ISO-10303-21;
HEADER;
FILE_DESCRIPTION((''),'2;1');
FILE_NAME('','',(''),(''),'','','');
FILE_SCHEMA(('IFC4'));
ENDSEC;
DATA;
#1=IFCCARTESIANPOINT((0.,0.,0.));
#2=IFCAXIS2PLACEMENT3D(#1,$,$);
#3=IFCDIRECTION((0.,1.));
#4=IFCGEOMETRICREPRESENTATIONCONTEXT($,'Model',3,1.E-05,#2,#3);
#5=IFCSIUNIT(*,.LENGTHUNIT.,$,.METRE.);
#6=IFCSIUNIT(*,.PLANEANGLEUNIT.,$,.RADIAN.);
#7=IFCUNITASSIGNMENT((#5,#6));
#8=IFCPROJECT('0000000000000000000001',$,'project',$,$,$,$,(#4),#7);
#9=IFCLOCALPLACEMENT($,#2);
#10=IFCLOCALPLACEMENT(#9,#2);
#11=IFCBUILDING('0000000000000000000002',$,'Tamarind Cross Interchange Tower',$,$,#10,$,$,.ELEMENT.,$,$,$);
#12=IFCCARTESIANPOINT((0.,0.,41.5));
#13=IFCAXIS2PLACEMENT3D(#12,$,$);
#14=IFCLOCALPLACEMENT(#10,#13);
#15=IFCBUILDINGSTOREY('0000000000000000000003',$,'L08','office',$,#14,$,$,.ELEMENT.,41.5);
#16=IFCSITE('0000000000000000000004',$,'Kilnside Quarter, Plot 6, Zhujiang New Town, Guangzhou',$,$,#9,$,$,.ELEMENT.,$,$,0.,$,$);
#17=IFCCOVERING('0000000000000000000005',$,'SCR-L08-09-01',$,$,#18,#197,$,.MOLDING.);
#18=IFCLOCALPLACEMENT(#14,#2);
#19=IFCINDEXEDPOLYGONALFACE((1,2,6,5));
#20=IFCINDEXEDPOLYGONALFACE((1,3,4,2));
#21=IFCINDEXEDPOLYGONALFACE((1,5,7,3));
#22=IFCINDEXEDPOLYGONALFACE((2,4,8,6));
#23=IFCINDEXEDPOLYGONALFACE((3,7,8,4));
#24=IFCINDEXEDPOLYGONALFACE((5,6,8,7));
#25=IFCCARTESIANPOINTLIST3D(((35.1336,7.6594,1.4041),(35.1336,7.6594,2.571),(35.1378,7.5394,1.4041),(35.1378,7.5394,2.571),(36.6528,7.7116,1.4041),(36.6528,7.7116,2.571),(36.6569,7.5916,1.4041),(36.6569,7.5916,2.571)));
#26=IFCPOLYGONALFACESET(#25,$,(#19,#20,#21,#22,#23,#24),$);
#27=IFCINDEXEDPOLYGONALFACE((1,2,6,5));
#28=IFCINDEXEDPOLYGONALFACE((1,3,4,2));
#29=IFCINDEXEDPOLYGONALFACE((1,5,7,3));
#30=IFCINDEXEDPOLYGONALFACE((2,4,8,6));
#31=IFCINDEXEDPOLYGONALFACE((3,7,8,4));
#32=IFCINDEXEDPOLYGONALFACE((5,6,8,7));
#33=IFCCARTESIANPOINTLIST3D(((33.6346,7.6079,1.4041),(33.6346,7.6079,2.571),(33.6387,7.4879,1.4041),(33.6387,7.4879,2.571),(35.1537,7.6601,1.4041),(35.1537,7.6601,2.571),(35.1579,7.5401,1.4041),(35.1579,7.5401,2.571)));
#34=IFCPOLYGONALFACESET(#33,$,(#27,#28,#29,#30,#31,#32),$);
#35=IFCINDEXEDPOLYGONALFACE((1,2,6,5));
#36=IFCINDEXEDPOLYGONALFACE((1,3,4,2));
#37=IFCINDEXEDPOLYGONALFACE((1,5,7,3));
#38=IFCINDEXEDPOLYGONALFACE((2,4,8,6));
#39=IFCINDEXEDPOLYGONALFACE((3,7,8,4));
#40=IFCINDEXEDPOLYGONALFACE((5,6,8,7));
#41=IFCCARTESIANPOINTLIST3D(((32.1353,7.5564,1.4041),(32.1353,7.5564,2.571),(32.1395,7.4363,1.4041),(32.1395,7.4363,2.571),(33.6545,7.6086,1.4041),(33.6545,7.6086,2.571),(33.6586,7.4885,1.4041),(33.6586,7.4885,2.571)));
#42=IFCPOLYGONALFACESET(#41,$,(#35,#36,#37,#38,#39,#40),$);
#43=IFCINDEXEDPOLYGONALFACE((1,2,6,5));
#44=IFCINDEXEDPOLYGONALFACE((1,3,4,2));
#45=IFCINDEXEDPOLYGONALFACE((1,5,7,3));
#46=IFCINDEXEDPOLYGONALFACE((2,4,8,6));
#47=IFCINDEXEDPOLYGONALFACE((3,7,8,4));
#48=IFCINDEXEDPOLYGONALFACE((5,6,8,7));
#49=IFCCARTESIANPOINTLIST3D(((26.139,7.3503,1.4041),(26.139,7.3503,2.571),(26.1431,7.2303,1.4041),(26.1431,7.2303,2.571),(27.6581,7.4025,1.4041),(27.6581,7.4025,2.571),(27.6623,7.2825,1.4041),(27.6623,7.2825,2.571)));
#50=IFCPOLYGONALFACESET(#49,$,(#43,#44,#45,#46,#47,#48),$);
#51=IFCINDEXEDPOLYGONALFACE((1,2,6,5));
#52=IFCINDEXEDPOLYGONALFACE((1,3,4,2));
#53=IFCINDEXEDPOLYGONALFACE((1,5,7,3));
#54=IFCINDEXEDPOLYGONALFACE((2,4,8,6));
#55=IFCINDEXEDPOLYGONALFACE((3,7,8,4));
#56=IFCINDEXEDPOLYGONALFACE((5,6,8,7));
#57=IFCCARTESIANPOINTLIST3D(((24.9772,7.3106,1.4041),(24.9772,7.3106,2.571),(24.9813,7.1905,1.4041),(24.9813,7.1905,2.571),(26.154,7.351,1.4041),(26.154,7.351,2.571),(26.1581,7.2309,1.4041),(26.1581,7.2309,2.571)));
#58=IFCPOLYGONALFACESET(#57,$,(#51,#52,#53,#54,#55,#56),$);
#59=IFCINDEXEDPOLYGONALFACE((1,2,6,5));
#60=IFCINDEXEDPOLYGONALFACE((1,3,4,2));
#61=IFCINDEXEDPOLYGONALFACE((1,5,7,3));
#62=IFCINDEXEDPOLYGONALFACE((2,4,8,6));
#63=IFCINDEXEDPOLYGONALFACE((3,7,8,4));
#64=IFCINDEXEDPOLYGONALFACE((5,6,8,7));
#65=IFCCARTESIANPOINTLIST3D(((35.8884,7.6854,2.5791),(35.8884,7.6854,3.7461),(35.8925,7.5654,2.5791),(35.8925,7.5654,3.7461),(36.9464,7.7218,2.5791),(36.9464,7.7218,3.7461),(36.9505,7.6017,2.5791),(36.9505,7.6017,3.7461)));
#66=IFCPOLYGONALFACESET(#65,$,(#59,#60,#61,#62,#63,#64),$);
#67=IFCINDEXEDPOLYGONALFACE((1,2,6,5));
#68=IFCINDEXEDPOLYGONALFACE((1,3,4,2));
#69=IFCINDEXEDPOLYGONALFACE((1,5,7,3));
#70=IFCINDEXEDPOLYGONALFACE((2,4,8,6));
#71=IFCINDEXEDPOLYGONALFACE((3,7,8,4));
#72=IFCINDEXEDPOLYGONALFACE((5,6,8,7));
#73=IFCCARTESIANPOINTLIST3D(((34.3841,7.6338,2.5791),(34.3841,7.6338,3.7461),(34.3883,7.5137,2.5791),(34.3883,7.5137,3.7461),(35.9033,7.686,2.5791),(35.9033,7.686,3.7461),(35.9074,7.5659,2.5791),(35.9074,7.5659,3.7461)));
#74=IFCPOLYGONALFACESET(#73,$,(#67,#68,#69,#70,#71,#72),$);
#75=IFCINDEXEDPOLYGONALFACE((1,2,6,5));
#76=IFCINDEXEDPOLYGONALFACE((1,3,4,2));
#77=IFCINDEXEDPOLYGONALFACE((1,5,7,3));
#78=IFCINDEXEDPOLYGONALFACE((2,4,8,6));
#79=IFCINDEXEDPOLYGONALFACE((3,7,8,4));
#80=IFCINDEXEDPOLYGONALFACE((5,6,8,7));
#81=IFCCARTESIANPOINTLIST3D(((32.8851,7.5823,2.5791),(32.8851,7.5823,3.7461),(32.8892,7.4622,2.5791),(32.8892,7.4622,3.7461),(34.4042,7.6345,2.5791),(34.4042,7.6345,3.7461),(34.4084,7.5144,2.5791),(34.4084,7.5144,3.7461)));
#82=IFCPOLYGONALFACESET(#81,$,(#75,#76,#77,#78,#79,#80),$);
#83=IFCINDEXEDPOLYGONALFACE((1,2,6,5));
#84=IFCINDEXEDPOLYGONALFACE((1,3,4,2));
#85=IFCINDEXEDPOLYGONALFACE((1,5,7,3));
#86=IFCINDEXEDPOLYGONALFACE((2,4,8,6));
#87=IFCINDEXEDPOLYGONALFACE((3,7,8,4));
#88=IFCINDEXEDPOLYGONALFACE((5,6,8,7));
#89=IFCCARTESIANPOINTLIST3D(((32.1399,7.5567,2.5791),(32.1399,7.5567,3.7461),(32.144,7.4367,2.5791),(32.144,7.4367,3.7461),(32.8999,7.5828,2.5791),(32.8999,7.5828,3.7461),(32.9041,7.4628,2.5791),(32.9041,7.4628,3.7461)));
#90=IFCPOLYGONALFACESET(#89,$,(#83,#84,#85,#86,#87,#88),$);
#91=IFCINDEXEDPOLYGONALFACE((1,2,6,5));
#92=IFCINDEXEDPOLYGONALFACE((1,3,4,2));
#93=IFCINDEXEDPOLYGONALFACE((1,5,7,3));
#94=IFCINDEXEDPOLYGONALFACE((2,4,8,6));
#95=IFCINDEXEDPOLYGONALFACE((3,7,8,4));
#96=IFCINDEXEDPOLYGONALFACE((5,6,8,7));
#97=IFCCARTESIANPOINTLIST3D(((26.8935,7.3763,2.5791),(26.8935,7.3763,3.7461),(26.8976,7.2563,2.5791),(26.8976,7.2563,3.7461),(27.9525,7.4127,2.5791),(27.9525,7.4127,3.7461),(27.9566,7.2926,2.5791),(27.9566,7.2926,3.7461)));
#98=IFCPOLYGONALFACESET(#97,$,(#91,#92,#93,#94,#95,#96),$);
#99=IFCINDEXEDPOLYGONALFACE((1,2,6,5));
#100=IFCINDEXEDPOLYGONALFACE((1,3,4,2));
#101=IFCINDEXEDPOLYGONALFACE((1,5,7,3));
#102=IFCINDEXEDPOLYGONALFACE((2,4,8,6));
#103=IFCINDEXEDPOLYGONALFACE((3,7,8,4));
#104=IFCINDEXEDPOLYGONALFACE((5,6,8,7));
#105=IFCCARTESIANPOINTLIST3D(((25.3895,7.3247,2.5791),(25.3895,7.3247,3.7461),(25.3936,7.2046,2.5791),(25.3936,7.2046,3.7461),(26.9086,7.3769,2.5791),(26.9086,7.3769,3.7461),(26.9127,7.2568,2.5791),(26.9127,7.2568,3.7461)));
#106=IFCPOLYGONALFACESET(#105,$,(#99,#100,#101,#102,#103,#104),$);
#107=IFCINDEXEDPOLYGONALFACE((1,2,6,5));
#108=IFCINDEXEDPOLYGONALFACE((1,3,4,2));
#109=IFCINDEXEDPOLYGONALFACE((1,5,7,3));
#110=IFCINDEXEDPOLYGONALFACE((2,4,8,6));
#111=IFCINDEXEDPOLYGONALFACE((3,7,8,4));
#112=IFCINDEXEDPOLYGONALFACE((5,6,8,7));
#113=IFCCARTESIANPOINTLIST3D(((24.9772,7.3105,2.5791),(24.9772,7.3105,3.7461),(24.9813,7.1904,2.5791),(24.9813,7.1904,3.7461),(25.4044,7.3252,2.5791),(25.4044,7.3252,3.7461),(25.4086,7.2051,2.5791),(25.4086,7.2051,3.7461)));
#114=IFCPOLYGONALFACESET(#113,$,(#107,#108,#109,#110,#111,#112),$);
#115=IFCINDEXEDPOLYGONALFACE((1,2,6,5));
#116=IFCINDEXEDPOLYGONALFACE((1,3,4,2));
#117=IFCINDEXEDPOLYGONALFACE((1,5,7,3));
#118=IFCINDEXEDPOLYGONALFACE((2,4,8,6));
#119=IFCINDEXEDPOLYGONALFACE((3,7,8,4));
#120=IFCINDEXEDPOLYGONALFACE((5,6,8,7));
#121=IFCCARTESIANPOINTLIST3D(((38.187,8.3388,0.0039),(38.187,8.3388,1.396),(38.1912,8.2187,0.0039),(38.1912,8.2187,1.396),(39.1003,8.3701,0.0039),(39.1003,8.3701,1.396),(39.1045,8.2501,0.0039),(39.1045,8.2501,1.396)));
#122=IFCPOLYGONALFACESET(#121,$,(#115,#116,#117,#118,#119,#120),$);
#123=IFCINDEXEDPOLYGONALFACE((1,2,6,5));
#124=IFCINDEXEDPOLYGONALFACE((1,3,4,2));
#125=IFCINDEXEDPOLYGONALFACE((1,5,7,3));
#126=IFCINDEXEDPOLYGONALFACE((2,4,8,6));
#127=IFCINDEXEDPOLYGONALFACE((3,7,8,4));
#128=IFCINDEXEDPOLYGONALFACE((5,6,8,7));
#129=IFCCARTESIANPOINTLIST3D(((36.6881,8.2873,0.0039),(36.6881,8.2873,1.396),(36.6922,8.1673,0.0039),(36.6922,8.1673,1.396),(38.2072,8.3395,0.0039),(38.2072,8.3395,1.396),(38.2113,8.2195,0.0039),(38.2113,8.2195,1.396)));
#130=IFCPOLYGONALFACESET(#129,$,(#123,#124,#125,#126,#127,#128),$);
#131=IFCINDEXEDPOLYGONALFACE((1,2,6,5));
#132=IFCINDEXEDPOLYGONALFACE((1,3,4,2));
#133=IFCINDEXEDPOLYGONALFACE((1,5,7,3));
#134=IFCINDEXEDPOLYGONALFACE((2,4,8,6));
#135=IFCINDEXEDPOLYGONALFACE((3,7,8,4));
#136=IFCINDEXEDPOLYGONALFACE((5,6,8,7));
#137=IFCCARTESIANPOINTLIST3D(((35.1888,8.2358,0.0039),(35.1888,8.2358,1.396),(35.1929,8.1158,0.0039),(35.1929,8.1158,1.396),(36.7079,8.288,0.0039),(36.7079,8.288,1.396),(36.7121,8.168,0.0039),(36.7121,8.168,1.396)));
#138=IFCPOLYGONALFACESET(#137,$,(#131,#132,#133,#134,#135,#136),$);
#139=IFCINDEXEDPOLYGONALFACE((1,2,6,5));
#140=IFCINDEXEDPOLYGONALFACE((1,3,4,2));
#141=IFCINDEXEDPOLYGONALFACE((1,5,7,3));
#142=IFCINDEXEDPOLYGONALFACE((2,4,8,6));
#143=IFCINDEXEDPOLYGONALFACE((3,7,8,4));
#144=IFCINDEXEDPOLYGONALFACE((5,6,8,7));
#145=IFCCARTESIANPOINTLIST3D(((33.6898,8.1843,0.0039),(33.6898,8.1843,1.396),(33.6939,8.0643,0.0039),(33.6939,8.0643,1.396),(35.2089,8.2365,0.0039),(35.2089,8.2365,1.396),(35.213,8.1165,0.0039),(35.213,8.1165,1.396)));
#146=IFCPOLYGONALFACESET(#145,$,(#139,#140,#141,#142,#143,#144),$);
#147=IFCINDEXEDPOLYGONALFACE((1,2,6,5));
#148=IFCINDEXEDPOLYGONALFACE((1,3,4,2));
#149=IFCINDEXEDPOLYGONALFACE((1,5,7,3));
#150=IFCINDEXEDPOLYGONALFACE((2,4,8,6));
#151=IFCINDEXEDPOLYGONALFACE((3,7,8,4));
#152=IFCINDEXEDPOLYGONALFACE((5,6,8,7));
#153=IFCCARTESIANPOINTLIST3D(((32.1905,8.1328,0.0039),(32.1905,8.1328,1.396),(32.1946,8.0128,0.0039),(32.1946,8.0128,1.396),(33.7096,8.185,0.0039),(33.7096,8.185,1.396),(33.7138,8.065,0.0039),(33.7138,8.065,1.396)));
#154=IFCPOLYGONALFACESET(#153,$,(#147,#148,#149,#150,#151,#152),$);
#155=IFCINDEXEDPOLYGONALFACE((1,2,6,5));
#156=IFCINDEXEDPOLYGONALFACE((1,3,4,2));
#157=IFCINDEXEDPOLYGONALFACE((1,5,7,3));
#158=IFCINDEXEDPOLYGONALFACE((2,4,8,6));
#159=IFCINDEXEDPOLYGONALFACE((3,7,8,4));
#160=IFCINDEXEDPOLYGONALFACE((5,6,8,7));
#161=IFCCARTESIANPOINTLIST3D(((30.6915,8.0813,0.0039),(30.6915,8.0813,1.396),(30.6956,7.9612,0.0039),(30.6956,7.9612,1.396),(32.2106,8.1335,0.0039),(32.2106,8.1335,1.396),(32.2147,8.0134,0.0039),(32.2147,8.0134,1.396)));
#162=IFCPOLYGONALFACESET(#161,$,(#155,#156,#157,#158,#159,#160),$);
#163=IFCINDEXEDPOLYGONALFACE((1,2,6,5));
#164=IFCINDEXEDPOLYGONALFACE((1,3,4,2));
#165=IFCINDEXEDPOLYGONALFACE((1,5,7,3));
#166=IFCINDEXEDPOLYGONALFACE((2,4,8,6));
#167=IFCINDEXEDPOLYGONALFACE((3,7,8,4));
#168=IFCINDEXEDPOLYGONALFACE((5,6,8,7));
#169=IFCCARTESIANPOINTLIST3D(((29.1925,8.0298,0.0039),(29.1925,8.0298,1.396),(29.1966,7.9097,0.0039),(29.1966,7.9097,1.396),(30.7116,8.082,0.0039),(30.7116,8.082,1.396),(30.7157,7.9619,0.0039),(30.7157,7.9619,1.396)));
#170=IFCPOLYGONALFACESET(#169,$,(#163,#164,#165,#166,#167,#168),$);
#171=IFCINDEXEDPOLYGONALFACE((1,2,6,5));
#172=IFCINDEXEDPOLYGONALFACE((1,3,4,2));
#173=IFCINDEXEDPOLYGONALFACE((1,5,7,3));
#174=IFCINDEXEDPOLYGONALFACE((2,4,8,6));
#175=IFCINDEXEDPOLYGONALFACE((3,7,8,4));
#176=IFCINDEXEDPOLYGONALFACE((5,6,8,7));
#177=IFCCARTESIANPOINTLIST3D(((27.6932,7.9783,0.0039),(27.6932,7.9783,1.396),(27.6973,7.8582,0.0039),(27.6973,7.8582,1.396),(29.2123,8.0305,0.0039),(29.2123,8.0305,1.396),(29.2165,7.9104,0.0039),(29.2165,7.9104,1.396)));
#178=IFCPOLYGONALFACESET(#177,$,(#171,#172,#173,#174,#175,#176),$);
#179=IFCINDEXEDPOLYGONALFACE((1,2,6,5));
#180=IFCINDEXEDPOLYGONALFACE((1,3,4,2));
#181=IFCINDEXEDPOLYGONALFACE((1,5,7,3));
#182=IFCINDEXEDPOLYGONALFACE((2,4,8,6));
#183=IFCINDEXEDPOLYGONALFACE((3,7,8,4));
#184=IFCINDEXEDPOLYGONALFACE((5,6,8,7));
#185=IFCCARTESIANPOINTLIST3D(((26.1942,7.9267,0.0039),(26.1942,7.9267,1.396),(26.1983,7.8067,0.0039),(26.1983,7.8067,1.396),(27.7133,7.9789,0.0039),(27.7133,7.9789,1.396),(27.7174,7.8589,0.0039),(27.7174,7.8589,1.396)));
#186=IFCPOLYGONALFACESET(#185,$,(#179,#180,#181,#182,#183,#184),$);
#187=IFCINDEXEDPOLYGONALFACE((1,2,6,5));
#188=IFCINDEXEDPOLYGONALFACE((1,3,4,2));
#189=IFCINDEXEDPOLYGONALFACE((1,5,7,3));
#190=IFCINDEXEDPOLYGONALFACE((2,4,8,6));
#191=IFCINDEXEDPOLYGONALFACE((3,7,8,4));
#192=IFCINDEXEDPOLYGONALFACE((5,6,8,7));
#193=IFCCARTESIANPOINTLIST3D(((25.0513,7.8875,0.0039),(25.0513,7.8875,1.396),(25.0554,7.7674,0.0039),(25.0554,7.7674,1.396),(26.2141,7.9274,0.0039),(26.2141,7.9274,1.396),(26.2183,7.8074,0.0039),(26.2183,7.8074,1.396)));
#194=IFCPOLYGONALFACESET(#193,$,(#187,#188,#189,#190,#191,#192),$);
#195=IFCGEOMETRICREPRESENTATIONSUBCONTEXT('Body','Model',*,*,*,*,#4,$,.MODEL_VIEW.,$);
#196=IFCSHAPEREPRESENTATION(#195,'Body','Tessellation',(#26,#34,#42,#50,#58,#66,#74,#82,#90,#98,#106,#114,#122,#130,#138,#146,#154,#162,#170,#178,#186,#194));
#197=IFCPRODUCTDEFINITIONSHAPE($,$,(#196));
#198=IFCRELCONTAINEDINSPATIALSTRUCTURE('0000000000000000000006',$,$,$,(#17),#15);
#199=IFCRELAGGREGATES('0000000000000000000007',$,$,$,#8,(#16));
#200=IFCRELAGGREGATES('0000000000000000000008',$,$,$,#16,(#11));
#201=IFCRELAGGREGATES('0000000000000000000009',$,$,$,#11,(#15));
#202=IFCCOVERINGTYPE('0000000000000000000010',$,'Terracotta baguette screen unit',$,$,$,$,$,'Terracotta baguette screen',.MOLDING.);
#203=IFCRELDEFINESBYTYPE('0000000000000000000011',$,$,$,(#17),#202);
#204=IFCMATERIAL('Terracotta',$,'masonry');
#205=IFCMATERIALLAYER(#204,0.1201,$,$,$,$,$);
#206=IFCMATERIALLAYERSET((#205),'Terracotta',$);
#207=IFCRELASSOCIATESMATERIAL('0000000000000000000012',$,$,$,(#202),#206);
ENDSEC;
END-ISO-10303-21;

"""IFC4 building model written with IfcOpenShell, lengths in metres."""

from ifc_helpers import new_model, si_unit, direction, frame, origin, origin_2d, place, context, subcontext, project, spatial, rectangle, extrude, material, layer, layer_set, type_object, element, save


model = new_model("IFC4")

# Units and contexts
model_context = context("Model", 3, precision=1e-05, world=origin(), true_north=direction((0.0, 1.0)))
body_context = subcontext(model_context, "Body", "Model", "MODEL_VIEW")
ifc_project = project(units=[si_unit("LENGTHUNIT", "METRE"), si_unit("PLANEANGLEUNIT", "RADIAN")], contexts=[model_context])

# Site, building, storey
site_placement = place(None, origin())
site = spatial("IfcSite", under=ifc_project, at=site_placement, Name="Kilnside Quarter, Plot 6, Zhujiang New Town, Guangzhou", CompositionType="ELEMENT", RefElevation=0.0)
building_placement = place(site_placement, origin())
building = spatial("IfcBuilding", under=site, at=building_placement, Name="Tamarind Cross Interchange Tower", CompositionType="ELEMENT")
storey_placement = place(building_placement, frame((0.0, 0.0, 41.5)))
storey = spatial("IfcBuildingStorey", under=building, at=storey_placement, Name="L08", Description="office", CompositionType="ELEMENT", Elevation=41.5)

# Covering
ifc_material_1 = material(Name="Terracotta", Category="masonry")
ifc_layer_1 = layer(ifc_material_1, 0.1201)
ifc_layer_set_1 = layer_set([ifc_layer_1], Name="Terracotta")
covering_type = type_object("IfcCoveringType", Name="Terracotta baguette screen unit", ElementType="Terracotta baguette screen", PredefinedType="MOLDING", material=ifc_layer_set_1)
covering_1_placement = place(storey_placement, origin())
element("IfcCovering", 1, at=covering_1_placement, inside=storey, type_object=covering_type, Name="SCR-L08-09-01", PredefinedType="MOLDING", context=body_context, shape_type="SweptSolid", body=[
    extrude(rectangle(XDim=1.52, YDim=0.1201, at=origin_2d()), frame((35.8953, 7.6255, 1.4041), z_axis=(0.0, 0.0, 1.0), x_axis=(-0.99941, -0.034343, 0.0)), (0.0, 0.0, 1.0), 1.167),
    extrude(rectangle(XDim=1.52, YDim=0.1201, at=origin_2d()), frame((34.3962, 7.574, 1.4041), z_axis=(0.0, 0.0, 1.0), x_axis=(-0.99941, -0.034343, 0.0)), (0.0, 0.0, 1.0), 1.167),
    extrude(rectangle(XDim=1.52, YDim=0.1201, at=origin_2d()), frame((32.897, 7.5225, 1.4041), z_axis=(0.0, 0.0, 1.0), x_axis=(-0.99941, -0.034343, 0.0)), (0.0, 0.0, 1.0), 1.167),
    extrude(rectangle(XDim=1.52, YDim=0.1201, at=origin_2d()), frame((26.9006, 7.3164, 1.4041), z_axis=(0.0, 0.0, 1.0), x_axis=(-0.99941, -0.034343, 0.0)), (0.0, 0.0, 1.0), 1.167),
    extrude(rectangle(XDim=1.1775, YDim=0.1201, at=origin_2d()), frame((25.5676, 7.2708, 1.4041), z_axis=(0.0, 0.0, 1.0), x_axis=(-0.99941, -0.034343, 0.0)), (0.0, 0.0, 1.0), 1.167),
    extrude(rectangle(XDim=1.0586, YDim=0.1201, at=origin_2d()), frame((36.4194, 7.6436, 2.5791), z_axis=(0.0, 0.0, 1.0), x_axis=(-0.99941, -0.034343, 0.0)), (0.0, 0.0, 1.0), 1.167),
    extrude(rectangle(XDim=1.52, YDim=0.1201, at=origin_2d()), frame((35.1458, 7.5999, 2.5791), z_axis=(0.0, 0.0, 1.0), x_axis=(-0.99941, -0.034343, 0.0)), (0.0, 0.0, 1.0), 1.167),
    extrude(rectangle(XDim=1.52, YDim=0.1201, at=origin_2d()), frame((33.6467, 7.5483, 2.5791), z_axis=(0.0, 0.0, 1.0), x_axis=(-0.99941, -0.034343, 0.0)), (0.0, 0.0, 1.0), 1.167),
    extrude(rectangle(XDim=0.7605, YDim=0.1201, at=origin_2d()), frame((32.522, 7.5098, 2.5791), z_axis=(0.0, 0.0, 1.0), x_axis=(-0.99941, -0.034343, 0.0)), (0.0, 0.0, 1.0), 1.167),
    extrude(rectangle(XDim=1.0596, YDim=0.1201, at=origin_2d()), frame((27.425, 7.3345, 2.5791), z_axis=(0.0, 0.0, 1.0), x_axis=(-0.99941, -0.034343, 0.0)), (0.0, 0.0, 1.0), 1.167),
    extrude(rectangle(XDim=1.52, YDim=0.1201, at=origin_2d()), frame((26.1511, 7.2908, 2.5791), z_axis=(0.0, 0.0, 1.0), x_axis=(-0.99941, -0.034343, 0.0)), (0.0, 0.0, 1.0), 1.167),
    extrude(rectangle(XDim=0.4275, YDim=0.1201, at=origin_2d()), frame((25.1929, 7.2578, 2.5791), z_axis=(0.0, 0.0, 1.0), x_axis=(-0.99941, -0.034343, 0.0)), (0.0, 0.0, 1.0), 1.167),
    extrude(rectangle(XDim=0.9138, YDim=0.1201, at=origin_2d()), frame((38.6458, 8.2944, 0.0039), z_axis=(0.0, 0.0, 1.0), x_axis=(-0.99941, -0.034343, 0.0)), (0.0, 0.0, 1.0), 1.3921),
    extrude(rectangle(XDim=1.52, YDim=0.1201, at=origin_2d()), frame((37.4497, 8.2534, 0.0039), z_axis=(0.0, 0.0, 1.0), x_axis=(-0.99941, -0.034343, 0.0)), (0.0, 0.0, 1.0), 1.3921),
    extrude(rectangle(XDim=1.52, YDim=0.1201, at=origin_2d()), frame((35.9504, 8.2019, 0.0039), z_axis=(0.0, 0.0, 1.0), x_axis=(-0.99941, -0.034343, 0.0)), (0.0, 0.0, 1.0), 1.3921),
    extrude(rectangle(XDim=1.52, YDim=0.1201, at=origin_2d()), frame((34.4514, 8.1504, 0.0039), z_axis=(0.0, 0.0, 1.0), x_axis=(-0.99941, -0.034343, 0.0)), (0.0, 0.0, 1.0), 1.3921),
    extrude(rectangle(XDim=1.52, YDim=0.1201, at=origin_2d()), frame((32.9521, 8.0989, 0.0039), z_axis=(0.0, 0.0, 1.0), x_axis=(-0.99941, -0.034343, 0.0)), (0.0, 0.0, 1.0), 1.3921),
    extrude(rectangle(XDim=1.52, YDim=0.1201, at=origin_2d()), frame((31.4531, 8.0474, 0.0039), z_axis=(0.0, 0.0, 1.0), x_axis=(-0.99941, -0.034343, 0.0)), (0.0, 0.0, 1.0), 1.3921),
    extrude(rectangle(XDim=1.52, YDim=0.1201, at=origin_2d()), frame((29.9541, 7.9958, 0.0039), z_axis=(0.0, 0.0, 1.0), x_axis=(-0.99941, -0.034343, 0.0)), (0.0, 0.0, 1.0), 1.3921),
    extrude(rectangle(XDim=1.52, YDim=0.1201, at=origin_2d()), frame((28.4548, 7.9443, 0.0039), z_axis=(0.0, 0.0, 1.0), x_axis=(-0.99941, -0.034343, 0.0)), (0.0, 0.0, 1.0), 1.3921),
    extrude(rectangle(XDim=1.52, YDim=0.1201, at=origin_2d()), frame((26.9558, 7.8928, 0.0039), z_axis=(0.0, 0.0, 1.0), x_axis=(-0.99941, -0.034343, 0.0)), (0.0, 0.0, 1.0), 1.3921),
    extrude(rectangle(XDim=1.1636, YDim=0.1201, at=origin_2d()), frame((25.6348, 7.8474, 0.0039), z_axis=(0.0, 0.0, 1.0), x_axis=(-0.99941, -0.034343, 0.0)), (0.0, 0.0, 1.0), 1.3921),
])

save(model, "model.ifc")
